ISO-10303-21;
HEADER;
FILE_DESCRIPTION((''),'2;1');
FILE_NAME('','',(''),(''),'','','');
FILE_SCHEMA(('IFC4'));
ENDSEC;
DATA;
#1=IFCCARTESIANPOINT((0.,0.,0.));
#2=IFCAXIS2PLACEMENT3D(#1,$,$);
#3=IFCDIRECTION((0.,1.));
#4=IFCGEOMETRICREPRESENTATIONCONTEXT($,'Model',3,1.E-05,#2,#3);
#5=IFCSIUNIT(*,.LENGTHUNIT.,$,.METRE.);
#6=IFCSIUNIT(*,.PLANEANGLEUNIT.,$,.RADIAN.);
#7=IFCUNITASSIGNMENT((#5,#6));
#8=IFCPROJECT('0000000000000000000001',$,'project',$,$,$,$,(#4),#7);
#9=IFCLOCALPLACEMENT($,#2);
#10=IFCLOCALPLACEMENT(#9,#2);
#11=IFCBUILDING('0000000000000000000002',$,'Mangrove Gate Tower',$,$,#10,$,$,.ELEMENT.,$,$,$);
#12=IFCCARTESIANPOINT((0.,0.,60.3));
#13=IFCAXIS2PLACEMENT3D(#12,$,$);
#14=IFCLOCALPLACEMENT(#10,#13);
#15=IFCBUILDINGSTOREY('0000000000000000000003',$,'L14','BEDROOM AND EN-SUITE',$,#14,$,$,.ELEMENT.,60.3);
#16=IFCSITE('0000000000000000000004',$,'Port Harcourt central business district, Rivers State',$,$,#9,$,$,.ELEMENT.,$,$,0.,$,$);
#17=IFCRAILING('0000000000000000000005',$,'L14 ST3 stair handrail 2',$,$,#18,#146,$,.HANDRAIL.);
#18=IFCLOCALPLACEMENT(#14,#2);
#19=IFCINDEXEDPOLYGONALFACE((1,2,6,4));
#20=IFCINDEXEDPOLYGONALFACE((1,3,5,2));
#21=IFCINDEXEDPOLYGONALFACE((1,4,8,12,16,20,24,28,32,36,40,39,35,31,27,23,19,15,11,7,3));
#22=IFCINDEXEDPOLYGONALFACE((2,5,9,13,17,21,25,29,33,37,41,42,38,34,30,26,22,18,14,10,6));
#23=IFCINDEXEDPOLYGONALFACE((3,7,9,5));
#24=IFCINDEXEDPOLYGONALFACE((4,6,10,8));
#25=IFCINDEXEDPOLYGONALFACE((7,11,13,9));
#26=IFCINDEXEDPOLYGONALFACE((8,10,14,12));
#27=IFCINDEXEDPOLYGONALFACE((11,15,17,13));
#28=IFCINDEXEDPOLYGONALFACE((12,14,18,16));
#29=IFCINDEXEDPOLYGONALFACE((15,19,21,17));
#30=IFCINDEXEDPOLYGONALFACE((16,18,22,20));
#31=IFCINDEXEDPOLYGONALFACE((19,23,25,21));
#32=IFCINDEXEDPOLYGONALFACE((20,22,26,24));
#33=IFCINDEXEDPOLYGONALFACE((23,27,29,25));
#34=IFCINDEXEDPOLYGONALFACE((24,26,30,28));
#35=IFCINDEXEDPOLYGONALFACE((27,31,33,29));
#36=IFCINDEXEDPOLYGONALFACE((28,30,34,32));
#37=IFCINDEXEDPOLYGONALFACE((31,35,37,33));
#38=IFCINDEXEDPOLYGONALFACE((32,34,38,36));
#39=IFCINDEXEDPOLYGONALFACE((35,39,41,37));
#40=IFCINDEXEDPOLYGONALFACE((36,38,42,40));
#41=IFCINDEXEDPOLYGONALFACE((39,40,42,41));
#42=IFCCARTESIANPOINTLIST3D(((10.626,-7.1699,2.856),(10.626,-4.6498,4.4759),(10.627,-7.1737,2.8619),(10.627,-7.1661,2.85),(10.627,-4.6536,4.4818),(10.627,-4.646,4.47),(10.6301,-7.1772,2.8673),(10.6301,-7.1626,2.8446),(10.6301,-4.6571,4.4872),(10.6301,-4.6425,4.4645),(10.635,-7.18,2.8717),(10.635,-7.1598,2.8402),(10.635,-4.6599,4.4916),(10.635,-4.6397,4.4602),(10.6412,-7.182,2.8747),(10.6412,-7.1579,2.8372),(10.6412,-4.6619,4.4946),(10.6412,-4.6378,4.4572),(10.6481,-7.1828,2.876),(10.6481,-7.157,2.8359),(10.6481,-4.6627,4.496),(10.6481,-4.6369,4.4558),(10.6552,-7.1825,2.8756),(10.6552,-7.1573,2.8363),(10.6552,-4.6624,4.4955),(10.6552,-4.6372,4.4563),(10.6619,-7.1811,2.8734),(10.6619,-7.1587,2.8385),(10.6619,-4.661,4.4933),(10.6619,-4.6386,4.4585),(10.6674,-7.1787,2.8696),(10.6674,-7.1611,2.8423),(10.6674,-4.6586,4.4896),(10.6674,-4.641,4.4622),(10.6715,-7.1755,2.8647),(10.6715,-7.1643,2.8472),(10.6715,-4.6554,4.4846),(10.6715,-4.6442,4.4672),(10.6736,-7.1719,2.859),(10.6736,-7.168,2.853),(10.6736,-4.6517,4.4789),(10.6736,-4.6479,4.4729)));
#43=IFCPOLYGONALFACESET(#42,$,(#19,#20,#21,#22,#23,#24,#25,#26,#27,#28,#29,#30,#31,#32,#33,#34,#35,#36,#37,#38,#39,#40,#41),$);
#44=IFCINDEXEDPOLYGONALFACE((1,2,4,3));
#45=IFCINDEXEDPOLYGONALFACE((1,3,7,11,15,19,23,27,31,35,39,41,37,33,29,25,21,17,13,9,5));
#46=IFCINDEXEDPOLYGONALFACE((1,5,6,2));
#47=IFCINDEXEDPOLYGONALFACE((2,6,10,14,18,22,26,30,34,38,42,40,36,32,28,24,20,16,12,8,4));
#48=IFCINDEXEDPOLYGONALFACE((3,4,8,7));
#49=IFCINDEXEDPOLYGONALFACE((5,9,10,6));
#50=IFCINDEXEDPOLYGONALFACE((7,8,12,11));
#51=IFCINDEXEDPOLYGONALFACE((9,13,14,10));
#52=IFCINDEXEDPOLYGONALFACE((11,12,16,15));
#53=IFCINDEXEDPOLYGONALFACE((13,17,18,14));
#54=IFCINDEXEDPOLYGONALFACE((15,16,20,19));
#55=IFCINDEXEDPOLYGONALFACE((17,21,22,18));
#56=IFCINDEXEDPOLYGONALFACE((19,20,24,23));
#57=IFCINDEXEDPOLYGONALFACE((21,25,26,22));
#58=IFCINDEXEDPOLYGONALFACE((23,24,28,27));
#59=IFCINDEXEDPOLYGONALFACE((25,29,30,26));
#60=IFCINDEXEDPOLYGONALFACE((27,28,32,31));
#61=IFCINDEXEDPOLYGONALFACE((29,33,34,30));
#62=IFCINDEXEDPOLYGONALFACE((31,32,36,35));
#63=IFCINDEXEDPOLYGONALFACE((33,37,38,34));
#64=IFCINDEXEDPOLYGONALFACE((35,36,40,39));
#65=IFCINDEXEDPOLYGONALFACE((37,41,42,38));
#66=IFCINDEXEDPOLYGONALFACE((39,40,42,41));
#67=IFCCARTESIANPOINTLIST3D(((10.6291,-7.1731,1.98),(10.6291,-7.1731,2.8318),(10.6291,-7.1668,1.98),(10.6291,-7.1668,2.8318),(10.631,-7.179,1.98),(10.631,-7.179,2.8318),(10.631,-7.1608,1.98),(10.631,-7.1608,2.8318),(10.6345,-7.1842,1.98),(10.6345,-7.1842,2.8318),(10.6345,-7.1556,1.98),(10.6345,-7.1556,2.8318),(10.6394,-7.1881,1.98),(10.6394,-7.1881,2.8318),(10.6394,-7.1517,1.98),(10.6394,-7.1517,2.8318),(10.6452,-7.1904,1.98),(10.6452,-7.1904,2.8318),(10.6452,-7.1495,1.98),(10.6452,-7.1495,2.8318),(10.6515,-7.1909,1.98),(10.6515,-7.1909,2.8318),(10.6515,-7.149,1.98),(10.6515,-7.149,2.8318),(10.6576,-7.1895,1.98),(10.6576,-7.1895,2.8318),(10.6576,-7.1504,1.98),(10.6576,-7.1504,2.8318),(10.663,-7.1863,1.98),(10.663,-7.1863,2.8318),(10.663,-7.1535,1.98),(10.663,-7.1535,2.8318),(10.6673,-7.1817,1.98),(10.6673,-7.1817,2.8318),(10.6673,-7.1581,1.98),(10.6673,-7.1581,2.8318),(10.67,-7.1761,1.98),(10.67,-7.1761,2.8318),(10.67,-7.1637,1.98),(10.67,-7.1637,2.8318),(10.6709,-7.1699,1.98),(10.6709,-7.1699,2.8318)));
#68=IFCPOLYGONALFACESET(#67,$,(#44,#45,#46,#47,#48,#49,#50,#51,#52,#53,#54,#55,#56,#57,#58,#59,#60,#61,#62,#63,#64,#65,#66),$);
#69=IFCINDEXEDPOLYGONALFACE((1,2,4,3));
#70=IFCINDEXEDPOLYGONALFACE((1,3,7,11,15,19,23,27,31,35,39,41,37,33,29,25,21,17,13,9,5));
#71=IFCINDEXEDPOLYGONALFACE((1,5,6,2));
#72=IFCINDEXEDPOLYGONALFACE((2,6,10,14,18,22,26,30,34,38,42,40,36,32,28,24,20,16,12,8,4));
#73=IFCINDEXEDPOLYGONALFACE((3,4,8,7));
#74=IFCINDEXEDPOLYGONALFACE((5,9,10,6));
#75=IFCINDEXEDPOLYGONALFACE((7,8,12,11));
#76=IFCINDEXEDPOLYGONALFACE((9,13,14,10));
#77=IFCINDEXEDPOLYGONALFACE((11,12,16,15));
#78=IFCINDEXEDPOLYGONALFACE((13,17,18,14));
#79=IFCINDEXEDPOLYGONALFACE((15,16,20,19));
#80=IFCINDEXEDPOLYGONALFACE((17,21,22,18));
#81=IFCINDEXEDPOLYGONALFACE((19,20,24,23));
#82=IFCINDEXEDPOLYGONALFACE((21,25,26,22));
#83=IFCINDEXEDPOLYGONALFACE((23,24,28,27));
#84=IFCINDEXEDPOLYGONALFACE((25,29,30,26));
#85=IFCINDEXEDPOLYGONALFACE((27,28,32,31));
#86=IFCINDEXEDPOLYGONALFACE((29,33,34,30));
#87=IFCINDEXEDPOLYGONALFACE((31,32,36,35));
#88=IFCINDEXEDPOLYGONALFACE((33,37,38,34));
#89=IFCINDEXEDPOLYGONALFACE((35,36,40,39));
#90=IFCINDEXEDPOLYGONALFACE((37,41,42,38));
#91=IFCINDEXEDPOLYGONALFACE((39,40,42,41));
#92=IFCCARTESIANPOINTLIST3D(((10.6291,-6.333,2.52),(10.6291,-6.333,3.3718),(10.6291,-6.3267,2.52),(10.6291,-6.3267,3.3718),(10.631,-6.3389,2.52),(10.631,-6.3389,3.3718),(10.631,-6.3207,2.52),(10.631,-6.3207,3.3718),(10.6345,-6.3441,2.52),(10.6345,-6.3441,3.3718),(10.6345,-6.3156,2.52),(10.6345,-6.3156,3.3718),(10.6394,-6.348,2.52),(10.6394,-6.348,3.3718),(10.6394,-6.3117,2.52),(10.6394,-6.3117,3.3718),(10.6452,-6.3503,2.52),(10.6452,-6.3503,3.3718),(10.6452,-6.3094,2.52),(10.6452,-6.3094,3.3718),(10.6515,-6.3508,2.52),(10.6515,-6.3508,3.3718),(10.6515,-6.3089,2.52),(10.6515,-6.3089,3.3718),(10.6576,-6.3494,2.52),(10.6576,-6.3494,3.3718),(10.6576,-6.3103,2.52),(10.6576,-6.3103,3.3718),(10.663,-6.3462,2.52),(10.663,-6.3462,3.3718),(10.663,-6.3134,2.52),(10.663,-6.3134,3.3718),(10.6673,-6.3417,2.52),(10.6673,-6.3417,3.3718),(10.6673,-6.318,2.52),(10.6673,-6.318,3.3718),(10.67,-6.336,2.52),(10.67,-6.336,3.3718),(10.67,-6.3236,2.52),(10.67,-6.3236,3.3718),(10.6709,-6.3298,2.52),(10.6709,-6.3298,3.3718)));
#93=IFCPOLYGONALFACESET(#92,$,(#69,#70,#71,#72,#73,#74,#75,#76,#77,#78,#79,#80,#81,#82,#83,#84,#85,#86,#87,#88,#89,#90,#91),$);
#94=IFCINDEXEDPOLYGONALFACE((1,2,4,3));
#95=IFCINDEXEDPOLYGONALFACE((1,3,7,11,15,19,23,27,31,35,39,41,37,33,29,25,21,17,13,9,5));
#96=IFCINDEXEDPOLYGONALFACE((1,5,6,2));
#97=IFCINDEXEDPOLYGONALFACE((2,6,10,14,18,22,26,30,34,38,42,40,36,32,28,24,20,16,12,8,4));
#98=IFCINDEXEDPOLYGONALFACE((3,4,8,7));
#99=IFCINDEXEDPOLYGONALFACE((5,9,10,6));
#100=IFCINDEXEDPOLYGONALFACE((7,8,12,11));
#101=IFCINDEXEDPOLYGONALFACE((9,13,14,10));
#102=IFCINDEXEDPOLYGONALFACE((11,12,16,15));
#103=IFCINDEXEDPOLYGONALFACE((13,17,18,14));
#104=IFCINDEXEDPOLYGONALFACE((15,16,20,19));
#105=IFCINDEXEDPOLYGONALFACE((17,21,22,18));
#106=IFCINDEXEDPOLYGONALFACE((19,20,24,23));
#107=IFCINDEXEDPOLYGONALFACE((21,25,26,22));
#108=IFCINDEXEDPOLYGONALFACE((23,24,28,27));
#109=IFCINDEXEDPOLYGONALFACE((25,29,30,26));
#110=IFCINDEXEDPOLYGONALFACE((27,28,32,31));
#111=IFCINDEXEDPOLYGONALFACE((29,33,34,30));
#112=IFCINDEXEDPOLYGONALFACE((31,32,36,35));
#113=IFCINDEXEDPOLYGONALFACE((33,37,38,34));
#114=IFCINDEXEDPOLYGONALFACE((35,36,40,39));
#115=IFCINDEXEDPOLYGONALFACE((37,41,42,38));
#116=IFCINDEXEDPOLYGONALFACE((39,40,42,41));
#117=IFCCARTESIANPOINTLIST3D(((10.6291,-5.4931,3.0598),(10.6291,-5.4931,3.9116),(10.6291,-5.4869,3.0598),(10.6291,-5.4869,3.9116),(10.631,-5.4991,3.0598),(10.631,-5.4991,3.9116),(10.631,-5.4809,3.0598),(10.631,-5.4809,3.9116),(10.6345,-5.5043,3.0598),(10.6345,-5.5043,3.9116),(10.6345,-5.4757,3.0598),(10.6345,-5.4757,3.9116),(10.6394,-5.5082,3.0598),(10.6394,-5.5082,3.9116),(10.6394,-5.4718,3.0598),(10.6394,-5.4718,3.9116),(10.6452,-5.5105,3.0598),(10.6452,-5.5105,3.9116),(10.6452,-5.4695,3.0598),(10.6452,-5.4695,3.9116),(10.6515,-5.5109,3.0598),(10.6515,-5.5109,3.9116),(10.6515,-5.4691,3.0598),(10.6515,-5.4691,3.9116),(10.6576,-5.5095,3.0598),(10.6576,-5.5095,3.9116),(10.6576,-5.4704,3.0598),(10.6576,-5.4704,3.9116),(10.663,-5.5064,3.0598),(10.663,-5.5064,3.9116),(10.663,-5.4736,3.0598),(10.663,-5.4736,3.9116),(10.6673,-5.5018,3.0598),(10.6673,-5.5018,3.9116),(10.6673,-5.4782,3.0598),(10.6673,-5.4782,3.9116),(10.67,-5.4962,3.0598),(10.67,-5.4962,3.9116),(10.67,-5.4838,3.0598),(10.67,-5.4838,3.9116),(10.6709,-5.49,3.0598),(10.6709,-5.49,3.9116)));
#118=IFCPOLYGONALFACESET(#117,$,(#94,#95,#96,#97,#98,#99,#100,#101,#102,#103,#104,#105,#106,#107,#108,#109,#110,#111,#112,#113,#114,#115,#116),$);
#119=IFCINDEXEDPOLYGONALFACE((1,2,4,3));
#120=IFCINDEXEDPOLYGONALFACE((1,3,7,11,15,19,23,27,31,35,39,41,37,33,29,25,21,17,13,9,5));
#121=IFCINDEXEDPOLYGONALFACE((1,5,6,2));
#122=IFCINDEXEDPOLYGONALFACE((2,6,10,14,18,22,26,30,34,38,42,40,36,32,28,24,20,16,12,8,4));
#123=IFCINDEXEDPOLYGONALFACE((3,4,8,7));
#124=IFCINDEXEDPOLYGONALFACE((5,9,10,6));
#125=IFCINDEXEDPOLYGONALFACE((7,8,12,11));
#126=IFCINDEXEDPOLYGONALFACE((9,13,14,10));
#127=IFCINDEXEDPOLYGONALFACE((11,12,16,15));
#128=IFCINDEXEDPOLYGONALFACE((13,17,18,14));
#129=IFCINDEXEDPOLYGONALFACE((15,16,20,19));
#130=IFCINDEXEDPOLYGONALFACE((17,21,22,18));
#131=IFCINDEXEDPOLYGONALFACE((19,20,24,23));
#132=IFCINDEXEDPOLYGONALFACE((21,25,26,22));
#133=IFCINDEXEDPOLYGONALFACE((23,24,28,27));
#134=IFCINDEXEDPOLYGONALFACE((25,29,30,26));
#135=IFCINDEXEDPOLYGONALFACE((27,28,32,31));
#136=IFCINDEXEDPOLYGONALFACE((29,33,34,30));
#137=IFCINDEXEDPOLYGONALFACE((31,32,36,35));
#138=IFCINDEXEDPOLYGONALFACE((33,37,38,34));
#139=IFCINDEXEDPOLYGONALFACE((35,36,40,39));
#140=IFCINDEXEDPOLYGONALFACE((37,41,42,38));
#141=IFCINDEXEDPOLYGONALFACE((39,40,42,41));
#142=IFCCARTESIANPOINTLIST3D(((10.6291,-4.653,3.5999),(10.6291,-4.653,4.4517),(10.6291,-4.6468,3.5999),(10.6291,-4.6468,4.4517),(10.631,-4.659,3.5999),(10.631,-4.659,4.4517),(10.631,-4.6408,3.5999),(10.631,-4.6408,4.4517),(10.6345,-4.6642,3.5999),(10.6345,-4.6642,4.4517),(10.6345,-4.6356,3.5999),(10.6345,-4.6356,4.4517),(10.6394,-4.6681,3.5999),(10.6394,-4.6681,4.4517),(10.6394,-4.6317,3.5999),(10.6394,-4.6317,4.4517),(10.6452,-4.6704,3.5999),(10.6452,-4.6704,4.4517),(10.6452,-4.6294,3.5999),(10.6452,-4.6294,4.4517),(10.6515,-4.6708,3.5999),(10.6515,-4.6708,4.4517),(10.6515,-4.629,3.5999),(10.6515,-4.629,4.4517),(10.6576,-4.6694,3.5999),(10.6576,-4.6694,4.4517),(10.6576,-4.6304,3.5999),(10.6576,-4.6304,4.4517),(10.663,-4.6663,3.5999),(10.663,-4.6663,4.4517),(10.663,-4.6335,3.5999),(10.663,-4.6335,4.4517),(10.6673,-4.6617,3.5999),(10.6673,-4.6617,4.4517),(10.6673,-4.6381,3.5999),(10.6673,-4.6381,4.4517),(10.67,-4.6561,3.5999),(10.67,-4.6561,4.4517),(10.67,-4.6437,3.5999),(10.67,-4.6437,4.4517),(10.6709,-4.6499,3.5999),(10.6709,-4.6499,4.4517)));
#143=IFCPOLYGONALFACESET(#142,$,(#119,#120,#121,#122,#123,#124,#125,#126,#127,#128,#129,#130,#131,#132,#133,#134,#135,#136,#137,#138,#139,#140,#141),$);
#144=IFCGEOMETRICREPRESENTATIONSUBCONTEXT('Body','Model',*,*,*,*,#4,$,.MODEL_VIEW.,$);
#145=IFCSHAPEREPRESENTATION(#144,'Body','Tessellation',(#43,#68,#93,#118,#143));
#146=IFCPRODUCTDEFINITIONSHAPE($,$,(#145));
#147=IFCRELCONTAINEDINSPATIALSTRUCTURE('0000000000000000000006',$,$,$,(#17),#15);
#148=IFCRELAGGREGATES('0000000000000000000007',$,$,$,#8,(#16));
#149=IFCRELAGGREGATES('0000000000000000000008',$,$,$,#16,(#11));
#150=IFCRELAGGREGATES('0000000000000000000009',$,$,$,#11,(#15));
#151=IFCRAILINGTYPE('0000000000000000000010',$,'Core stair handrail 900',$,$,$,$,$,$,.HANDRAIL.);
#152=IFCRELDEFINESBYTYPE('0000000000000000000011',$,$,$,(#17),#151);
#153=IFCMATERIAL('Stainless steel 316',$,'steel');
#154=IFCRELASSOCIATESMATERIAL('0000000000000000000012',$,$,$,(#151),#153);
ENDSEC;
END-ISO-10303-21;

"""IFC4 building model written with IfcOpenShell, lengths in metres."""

from ifc_helpers import new_model, si_unit, direction, frame, origin, origin_2d, place, context, subcontext, project, spatial, circle, extrude, material, type_object, element, save


model = new_model("IFC4")

# Units and contexts
model_context = context("Model", 3, precision=1e-05, world=origin(), true_north=direction((0.0, 1.0)))
body_context = subcontext(model_context, "Body", "Model", "MODEL_VIEW")
ifc_project = project(units=[si_unit("LENGTHUNIT", "METRE"), si_unit("PLANEANGLEUNIT", "RADIAN")], contexts=[model_context])

# Site, building, storey
site_placement = place(None, origin())
site = spatial("IfcSite", under=ifc_project, at=site_placement, Name="Port Harcourt central business district, Rivers State", CompositionType="ELEMENT", RefElevation=0.0)
building_placement = place(site_placement, origin())
building = spatial("IfcBuilding", under=site, at=building_placement, Name="Mangrove Gate Tower", CompositionType="ELEMENT")
storey_placement = place(building_placement, frame((0.0, 0.0, 60.3)))
storey = spatial("IfcBuildingStorey", under=building, at=storey_placement, Name="L14", Description="BEDROOM AND EN-SUITE", CompositionType="ELEMENT", Elevation=60.3)

# Railing
ifc_material_1 = material(Name="Stainless steel 316", Category="steel")
railing_type_1 = type_object("IfcRailingType", Name="Core stair handrail 900", PredefinedType="HANDRAIL", material=ifc_material_1)
railing_1_placement = place(storey_placement, frame((10.6499, -7.1699, 1.98)))
element("IfcRailing", 1, at=railing_1_placement, inside=storey, type_object=railing_type_1, Name="L14 ST3 stair handrail 2", PredefinedType="HANDRAIL", context=body_context, shape_type="SweptSolid", body=[
    extrude(circle(Radius=0.0239, at=origin_2d()), frame((0.0, 0.0, 0.876), z_axis=(0.0, 0.8412, 0.540725), x_axis=(-1.0, 0.0, 0.0)), (0.0, 0.0, 1.0), 2.9958),
    extrude(circle(Radius=0.021, at=origin_2d()), origin(), (0.0, 0.0, 1.0), 0.8518),
    extrude(circle(Radius=0.021, at=origin_2d()), frame((0.0, 0.8401, 0.54)), (0.0, 0.0, 1.0), 0.8518),
    extrude(circle(Radius=0.021, at=origin_2d()), frame((0.0, 1.6799, 1.0798)), (0.0, 0.0, 1.0), 0.8518),
    extrude(circle(Radius=0.021, at=origin_2d()), frame((0.0, 2.52, 1.6199)), (0.0, 0.0, 1.0), 0.8518),
])

save(model, "model.ifc")
